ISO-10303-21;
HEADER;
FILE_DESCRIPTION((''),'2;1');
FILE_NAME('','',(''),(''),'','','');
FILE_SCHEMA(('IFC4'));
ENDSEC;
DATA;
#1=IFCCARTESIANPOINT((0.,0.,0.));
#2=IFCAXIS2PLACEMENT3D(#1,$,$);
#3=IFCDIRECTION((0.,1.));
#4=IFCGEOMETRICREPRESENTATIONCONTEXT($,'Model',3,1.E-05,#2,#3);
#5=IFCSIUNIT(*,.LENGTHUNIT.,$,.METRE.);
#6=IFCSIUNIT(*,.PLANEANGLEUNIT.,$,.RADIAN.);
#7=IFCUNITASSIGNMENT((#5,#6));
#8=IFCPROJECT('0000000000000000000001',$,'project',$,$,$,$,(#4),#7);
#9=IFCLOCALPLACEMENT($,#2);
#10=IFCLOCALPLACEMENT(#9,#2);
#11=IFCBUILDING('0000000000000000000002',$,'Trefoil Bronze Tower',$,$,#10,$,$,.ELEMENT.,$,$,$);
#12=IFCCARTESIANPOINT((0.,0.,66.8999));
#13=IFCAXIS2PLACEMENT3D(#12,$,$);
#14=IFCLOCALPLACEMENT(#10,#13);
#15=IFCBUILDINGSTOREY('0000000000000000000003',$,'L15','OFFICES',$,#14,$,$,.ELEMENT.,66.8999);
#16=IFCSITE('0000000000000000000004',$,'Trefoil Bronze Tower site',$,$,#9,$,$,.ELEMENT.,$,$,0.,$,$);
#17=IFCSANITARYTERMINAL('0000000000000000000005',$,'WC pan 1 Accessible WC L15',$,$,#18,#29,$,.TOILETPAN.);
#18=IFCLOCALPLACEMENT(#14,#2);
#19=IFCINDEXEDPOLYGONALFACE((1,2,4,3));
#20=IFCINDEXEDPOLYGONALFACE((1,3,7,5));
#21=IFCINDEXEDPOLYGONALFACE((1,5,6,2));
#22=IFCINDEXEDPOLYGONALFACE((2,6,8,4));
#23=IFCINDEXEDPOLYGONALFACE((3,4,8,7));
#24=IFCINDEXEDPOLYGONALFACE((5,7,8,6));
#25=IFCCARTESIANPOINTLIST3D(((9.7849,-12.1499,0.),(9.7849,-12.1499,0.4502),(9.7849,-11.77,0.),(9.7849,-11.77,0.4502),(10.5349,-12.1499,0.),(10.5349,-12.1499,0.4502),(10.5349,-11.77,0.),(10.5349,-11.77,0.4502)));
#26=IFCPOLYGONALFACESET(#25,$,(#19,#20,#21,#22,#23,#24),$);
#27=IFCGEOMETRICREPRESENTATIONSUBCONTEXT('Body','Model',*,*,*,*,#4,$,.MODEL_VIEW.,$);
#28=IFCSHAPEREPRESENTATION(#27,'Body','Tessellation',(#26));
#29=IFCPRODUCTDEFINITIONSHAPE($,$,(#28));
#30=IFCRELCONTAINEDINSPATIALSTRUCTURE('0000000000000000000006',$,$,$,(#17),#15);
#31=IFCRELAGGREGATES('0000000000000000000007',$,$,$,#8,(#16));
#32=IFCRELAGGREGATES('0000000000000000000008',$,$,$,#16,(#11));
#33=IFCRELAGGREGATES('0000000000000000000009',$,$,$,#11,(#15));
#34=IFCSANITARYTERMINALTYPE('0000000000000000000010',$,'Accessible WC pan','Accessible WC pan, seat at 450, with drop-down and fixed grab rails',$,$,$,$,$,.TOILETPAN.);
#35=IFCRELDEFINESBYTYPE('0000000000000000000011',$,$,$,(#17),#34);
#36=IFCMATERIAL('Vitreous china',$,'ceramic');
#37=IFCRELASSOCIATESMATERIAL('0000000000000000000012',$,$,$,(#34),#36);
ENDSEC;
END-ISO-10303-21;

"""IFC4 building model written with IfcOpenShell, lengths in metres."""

from ifc_helpers import new_model, si_unit, direction, frame, origin, place, context, subcontext, project, spatial, polyline, outline, extrude, material, type_object, element, save


model = new_model("IFC4")

# Units and contexts
model_context = context("Model", 3, precision=1e-05, world=origin(), true_north=direction((0.0, 1.0)))
body_context = subcontext(model_context, "Body", "Model", "MODEL_VIEW")
ifc_project = project(units=[si_unit("LENGTHUNIT", "METRE"), si_unit("PLANEANGLEUNIT", "RADIAN")], contexts=[model_context])

# Site, building, storey
site_placement = place(None, origin())
site = spatial("IfcSite", under=ifc_project, at=site_placement, Name="Trefoil Bronze Tower site", CompositionType="ELEMENT", RefElevation=0.0)
building_placement = place(site_placement, origin())
building = spatial("IfcBuilding", under=site, at=building_placement, Name="Trefoil Bronze Tower", CompositionType="ELEMENT")
storey_placement = place(building_placement, frame((0.0, 0.0, 66.8999)))
storey = spatial("IfcBuildingStorey", under=building, at=storey_placement, Name="L15", Description="OFFICES", CompositionType="ELEMENT", Elevation=66.8999)

# Sanitary terminal
ifc_material_1 = material(Name="Vitreous china", Category="ceramic")
sanitary_terminal_type = type_object("IfcSanitaryTerminalType", Name="Accessible WC pan", Description="Accessible WC pan, seat at 450, with drop-down and fixed grab rails", PredefinedType="TOILETPAN", material=ifc_material_1)
sanitary_terminal_placement = place(storey_placement, origin())
element("IfcSanitaryTerminal", 1, at=sanitary_terminal_placement, inside=storey, type_object=sanitary_terminal_type, Name="WC pan 1 Accessible WC L15", PredefinedType="TOILETPAN", context=body_context, shape_type="SweptSolid", body=[
    extrude(outline(polyline([(9.7849, -11.77), (10.5349, -11.77), (10.5349, -12.1499), (9.7849, -12.1499), (9.7849, -11.77)])), origin(), (0.0, 0.0, 1.0), 0.4502),
])

save(model, "model.ifc")
